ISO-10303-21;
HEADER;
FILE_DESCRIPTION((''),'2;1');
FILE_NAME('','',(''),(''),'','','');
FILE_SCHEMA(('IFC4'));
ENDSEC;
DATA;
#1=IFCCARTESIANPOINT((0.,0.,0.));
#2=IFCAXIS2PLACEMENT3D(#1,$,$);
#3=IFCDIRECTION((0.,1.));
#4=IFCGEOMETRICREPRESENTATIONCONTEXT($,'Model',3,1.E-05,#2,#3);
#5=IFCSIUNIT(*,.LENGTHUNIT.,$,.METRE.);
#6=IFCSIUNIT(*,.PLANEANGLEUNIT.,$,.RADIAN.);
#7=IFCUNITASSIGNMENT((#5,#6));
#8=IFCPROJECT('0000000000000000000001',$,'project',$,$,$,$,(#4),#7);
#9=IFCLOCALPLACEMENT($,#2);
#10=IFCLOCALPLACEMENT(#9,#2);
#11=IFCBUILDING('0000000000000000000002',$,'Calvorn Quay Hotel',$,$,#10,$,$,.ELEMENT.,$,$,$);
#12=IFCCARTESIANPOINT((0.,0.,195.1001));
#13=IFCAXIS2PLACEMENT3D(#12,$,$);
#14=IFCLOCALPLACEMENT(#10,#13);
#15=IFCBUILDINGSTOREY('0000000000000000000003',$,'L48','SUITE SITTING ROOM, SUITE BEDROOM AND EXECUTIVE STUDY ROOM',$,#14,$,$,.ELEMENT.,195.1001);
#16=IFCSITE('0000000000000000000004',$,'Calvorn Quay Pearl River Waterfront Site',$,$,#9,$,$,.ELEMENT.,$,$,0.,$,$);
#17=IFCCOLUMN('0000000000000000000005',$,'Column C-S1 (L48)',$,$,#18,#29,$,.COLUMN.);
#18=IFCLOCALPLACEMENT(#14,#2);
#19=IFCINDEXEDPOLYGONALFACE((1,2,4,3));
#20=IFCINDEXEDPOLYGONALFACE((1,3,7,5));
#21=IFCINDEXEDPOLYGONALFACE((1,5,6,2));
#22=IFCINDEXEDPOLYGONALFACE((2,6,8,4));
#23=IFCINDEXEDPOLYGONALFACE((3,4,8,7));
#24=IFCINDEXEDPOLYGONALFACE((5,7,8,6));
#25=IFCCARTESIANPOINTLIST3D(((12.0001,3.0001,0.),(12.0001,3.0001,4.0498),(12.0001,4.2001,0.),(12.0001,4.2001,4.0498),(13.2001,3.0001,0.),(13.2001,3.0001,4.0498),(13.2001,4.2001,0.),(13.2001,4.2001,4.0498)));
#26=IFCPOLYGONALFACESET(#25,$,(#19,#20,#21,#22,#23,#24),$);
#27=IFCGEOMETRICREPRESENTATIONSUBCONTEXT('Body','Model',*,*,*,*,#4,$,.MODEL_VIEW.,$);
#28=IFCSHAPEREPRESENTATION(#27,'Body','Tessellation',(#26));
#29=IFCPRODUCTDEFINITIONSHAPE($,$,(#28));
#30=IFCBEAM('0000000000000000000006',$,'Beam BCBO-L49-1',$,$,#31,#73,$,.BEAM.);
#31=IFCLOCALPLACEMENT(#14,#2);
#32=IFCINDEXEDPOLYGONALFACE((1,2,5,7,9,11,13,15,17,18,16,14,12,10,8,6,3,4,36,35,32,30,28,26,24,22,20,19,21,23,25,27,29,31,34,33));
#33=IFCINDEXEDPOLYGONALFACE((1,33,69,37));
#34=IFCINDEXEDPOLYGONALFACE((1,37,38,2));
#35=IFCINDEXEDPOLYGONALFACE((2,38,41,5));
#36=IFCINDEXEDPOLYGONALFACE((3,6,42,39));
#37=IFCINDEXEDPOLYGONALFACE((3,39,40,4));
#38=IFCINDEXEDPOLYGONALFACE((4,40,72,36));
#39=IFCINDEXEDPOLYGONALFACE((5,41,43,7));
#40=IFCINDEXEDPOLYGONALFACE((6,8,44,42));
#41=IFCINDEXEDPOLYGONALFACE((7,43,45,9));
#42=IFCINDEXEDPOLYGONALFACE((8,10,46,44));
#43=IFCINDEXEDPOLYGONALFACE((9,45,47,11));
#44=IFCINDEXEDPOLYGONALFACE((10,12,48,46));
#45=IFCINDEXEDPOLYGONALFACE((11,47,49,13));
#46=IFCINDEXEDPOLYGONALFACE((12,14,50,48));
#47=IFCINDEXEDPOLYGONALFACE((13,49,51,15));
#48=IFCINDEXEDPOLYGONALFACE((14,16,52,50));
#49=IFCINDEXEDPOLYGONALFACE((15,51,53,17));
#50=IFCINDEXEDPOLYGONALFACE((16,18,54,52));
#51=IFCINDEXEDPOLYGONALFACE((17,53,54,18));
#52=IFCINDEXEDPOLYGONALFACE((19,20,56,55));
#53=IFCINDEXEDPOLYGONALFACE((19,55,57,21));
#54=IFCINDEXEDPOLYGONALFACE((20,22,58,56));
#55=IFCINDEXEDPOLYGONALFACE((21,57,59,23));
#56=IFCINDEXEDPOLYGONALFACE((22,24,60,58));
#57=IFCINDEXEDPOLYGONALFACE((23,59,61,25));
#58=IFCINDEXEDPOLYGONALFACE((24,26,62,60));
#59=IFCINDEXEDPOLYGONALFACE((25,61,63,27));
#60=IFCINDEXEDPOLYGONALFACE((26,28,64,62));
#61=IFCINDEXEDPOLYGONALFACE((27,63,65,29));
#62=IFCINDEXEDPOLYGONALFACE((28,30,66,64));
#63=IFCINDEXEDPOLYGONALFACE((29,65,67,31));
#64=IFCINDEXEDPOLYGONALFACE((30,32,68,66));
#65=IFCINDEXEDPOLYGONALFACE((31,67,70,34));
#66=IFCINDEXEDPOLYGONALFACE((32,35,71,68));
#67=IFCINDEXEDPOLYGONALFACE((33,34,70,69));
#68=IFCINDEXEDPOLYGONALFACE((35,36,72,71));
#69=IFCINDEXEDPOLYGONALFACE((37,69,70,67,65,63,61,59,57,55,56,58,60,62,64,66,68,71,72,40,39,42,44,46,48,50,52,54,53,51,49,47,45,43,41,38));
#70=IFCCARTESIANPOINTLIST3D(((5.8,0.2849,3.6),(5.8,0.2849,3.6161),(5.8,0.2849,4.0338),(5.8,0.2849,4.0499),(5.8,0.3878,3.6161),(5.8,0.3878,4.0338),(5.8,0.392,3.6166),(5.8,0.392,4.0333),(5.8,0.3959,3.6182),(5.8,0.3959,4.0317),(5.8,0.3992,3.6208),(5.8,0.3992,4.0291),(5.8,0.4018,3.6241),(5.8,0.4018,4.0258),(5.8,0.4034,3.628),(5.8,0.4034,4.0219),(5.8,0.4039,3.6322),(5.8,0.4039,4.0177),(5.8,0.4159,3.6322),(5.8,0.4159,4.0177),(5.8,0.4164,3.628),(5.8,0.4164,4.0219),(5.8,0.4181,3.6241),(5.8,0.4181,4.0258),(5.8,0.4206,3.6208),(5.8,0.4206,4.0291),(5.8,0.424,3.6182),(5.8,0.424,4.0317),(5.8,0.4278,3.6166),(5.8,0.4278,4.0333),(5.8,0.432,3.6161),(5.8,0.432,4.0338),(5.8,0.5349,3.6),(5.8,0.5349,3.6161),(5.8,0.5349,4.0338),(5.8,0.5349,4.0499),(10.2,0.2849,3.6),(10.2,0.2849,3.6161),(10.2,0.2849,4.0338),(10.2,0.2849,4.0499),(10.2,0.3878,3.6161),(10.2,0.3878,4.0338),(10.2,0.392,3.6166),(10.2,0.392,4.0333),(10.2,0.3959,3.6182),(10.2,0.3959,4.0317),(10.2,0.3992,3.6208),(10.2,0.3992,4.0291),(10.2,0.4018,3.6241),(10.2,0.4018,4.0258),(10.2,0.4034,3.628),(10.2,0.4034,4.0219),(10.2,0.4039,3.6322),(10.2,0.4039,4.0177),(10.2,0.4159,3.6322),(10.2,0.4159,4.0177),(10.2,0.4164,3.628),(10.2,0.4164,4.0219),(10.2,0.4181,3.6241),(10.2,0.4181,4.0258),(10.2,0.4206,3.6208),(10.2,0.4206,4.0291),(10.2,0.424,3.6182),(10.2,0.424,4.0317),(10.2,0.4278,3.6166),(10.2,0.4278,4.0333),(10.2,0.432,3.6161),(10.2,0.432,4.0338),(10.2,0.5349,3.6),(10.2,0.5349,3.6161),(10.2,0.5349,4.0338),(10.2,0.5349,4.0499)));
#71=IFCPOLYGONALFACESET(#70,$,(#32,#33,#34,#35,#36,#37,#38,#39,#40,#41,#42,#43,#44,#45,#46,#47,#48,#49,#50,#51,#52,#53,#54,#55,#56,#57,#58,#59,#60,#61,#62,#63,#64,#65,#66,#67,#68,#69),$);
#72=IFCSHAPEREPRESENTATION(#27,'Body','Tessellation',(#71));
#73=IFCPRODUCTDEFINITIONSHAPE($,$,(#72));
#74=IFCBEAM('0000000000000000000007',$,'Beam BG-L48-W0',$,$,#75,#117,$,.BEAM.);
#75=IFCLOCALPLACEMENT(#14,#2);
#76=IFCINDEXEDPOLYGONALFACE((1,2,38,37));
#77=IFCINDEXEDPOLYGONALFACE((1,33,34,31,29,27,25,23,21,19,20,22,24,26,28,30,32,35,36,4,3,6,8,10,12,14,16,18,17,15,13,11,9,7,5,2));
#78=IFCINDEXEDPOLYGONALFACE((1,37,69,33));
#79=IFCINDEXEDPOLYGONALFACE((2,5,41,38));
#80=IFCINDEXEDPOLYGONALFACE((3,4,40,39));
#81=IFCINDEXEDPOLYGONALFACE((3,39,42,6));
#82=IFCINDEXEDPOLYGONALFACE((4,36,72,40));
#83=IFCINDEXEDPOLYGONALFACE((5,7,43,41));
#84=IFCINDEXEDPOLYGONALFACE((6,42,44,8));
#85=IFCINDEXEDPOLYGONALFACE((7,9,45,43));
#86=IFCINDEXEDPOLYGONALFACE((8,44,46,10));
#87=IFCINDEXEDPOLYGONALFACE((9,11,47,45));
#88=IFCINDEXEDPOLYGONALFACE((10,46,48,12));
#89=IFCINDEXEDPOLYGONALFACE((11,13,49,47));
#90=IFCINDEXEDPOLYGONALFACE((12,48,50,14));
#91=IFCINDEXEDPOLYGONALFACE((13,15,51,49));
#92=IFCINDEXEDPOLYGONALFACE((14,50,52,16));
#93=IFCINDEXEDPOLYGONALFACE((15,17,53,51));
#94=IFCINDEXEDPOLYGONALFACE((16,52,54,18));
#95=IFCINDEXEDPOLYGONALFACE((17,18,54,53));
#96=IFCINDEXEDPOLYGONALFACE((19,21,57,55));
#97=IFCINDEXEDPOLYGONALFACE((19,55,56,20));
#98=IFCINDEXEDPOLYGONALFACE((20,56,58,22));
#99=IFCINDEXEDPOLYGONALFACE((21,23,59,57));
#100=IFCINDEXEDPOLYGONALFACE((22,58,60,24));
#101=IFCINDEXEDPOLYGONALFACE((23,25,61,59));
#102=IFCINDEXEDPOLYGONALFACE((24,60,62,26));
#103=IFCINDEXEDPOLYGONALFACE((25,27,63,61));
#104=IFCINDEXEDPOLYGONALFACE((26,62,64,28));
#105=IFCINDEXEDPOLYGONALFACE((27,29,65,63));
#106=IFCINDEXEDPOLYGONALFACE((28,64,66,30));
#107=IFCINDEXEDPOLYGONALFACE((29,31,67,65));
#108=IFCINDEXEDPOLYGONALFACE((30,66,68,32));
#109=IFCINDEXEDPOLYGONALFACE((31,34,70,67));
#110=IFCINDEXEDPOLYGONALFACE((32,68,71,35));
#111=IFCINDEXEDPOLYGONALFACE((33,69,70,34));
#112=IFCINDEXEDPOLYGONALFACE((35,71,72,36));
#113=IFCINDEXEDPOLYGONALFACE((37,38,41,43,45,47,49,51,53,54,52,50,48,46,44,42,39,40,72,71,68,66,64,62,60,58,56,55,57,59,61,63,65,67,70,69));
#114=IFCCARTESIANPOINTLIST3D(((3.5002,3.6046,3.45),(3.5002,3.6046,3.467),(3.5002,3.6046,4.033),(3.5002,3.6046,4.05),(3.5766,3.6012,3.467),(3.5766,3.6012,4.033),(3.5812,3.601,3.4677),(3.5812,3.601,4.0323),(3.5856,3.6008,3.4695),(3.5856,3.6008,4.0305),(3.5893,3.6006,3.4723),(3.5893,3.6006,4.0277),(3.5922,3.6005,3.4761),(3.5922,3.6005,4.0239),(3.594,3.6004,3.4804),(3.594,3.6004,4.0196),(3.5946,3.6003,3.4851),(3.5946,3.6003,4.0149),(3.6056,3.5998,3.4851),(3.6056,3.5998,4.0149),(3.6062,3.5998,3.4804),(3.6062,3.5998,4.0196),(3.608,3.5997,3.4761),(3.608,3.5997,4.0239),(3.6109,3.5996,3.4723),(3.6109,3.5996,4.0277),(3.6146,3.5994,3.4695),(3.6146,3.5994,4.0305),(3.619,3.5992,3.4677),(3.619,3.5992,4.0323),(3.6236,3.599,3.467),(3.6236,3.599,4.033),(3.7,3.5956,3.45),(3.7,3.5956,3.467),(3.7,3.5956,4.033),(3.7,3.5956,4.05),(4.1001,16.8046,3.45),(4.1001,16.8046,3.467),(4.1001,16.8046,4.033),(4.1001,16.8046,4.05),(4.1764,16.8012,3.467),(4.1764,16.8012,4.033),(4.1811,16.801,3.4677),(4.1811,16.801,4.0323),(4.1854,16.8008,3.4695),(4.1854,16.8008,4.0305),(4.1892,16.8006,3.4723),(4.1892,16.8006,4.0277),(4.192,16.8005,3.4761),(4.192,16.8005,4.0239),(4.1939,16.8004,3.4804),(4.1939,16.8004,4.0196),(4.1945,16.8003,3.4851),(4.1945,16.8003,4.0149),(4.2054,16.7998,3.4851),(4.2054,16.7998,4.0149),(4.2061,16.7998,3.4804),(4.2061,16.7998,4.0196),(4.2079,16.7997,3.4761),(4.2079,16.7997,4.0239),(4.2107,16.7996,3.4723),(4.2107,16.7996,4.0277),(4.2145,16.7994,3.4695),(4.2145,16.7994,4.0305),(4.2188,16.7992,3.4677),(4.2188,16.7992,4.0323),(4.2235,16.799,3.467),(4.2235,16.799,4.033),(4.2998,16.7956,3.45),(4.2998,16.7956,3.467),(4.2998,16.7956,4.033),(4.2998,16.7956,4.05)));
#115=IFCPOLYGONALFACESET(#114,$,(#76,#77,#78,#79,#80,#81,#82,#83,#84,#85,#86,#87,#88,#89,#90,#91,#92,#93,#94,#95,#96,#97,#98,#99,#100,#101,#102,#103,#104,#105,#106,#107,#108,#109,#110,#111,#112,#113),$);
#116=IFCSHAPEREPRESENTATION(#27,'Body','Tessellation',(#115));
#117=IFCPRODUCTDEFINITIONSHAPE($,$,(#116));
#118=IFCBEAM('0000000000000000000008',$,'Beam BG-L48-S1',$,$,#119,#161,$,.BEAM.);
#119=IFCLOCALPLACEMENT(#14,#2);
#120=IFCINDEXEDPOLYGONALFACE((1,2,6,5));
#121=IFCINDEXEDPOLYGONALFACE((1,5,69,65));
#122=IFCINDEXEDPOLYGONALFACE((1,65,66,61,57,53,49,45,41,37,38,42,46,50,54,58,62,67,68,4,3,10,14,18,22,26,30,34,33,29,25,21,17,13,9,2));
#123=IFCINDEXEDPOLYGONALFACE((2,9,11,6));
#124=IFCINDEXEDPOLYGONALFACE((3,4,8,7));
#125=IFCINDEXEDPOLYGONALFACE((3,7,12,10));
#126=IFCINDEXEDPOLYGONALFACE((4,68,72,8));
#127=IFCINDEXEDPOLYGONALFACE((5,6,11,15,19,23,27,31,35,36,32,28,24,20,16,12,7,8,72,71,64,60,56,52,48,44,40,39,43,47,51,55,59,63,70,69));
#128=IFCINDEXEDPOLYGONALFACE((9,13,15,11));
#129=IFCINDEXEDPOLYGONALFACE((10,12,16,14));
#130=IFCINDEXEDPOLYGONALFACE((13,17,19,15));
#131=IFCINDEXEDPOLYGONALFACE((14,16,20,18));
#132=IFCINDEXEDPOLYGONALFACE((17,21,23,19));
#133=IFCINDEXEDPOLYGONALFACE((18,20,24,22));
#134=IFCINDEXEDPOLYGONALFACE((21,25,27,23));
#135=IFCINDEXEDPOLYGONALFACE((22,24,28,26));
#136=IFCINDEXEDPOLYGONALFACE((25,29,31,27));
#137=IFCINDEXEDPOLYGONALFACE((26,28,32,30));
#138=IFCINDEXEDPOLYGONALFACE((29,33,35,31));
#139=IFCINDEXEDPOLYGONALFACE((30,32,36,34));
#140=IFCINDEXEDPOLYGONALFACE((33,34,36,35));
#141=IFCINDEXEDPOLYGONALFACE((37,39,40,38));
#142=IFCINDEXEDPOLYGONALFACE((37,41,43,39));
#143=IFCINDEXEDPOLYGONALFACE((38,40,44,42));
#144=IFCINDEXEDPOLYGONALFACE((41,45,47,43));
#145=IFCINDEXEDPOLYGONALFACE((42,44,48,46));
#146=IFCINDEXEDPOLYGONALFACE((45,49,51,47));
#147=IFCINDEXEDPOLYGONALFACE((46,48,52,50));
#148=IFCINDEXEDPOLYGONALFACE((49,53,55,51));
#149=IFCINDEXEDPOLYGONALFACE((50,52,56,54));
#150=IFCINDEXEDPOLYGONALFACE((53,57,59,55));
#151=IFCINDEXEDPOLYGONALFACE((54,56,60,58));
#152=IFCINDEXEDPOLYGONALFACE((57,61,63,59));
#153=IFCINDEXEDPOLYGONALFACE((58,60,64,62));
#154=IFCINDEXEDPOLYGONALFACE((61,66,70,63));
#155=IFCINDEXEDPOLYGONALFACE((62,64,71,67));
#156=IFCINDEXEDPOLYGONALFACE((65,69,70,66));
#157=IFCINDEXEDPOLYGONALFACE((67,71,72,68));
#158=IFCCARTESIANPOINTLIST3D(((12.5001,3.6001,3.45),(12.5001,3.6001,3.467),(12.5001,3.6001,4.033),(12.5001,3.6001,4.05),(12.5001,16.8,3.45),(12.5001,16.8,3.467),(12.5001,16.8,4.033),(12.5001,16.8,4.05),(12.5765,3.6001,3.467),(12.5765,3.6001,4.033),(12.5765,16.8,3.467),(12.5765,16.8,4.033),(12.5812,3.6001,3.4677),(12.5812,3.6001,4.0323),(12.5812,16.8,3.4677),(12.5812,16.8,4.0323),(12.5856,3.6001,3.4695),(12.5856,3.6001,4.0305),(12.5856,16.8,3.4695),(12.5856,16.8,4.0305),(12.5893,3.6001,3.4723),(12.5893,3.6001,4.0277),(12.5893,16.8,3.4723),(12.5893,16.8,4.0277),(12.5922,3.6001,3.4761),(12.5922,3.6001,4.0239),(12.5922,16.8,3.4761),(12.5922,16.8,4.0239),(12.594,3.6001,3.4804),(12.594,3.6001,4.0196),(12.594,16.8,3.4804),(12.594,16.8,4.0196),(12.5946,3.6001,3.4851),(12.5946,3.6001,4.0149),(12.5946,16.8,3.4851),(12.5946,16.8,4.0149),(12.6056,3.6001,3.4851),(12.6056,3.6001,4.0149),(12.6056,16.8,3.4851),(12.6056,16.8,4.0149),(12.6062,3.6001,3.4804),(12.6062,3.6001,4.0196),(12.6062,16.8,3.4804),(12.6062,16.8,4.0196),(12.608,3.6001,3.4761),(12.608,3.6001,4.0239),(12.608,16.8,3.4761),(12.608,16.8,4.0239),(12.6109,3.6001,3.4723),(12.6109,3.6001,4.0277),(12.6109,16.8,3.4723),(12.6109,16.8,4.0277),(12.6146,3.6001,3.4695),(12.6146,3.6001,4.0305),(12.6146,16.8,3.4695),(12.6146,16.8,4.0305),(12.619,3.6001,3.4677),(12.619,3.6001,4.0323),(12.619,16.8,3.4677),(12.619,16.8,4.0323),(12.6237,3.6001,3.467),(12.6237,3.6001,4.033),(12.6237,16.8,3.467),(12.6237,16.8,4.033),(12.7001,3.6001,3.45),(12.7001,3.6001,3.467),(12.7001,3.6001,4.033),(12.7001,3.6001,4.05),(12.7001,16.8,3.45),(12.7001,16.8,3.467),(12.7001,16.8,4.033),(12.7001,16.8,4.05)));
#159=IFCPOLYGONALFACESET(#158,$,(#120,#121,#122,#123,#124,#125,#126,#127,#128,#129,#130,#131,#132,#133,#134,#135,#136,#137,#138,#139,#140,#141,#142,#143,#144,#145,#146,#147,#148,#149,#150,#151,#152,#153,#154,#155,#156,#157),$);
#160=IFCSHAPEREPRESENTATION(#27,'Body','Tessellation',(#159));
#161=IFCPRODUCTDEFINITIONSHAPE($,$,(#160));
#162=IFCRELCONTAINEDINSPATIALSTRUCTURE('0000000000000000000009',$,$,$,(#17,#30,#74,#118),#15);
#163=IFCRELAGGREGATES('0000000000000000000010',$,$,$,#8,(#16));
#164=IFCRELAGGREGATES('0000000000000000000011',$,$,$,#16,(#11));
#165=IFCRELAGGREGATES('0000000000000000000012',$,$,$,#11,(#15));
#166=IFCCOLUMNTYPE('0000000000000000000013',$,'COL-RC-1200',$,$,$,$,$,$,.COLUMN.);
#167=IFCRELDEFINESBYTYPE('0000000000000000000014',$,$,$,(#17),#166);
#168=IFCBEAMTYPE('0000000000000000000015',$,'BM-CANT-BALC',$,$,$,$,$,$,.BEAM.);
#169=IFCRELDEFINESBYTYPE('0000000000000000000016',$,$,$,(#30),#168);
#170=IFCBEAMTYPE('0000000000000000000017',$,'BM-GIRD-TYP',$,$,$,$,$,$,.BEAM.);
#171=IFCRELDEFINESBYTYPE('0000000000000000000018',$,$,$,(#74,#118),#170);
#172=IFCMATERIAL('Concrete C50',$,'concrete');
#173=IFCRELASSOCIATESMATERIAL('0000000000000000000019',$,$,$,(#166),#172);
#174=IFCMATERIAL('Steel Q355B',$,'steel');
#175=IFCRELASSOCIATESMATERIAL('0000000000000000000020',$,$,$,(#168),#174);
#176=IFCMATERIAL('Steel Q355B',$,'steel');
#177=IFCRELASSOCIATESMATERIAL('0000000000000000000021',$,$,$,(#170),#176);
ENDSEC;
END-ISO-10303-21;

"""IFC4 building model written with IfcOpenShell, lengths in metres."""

from ifc_helpers import new_model, si_unit, direction, frame, origin, origin_2d, place, context, subcontext, project, spatial, rectangle, i_section, extrude, material, material_profile, profile_set, type_object, element, save


model = new_model("IFC4")

# Units and contexts
model_context = context("Model", 3, precision=1e-05, world=origin(), true_north=direction((0.0, 1.0)))
body_context = subcontext(model_context, "Body", "Model", "MODEL_VIEW")
ifc_project = project(units=[si_unit("LENGTHUNIT", "METRE"), si_unit("PLANEANGLEUNIT", "RADIAN")], contexts=[model_context])

# Site, building, storey
site_placement = place(None, origin())
site = spatial("IfcSite", under=ifc_project, at=site_placement, Name="Calvorn Quay Pearl River Waterfront Site", CompositionType="ELEMENT", RefElevation=0.0)
building_placement = place(site_placement, origin())
building = spatial("IfcBuilding", under=site, at=building_placement, Name="Calvorn Quay Hotel", CompositionType="ELEMENT")
storey_placement = place(building_placement, frame((0.0, 0.0, 195.1001)))
storey = spatial("IfcBuildingStorey", under=building, at=storey_placement, Name="L48", Description="SUITE SITTING ROOM, SUITE BEDROOM AND EXECUTIVE STUDY ROOM", CompositionType="ELEMENT", Elevation=195.1001)

# Column
ifc_material_1 = material(Name="Concrete C50", Category="concrete")
ifc_material_profile_1 = material_profile(ifc_material_1, rectangle(XDim=1.2, YDim=1.2, at=origin_2d()), Name="RC1200x1200")
ifc_profile_set_1 = profile_set([ifc_material_profile_1], Name="Concrete C50")
column_type = type_object("IfcColumnType", Name="COL-RC-1200", PredefinedType="COLUMN", material=ifc_profile_set_1)
column_placement = place(storey_placement, frame((12.6001, 3.6001, 0.0), z_axis=(0.0, 0.0, 1.0), x_axis=(1.0, 0.0, 0.0)))
element("IfcColumn", 1, at=column_placement, inside=storey, type_object=column_type, Name="Column C-S1 (L48)", PredefinedType="COLUMN", context=body_context, shape_type="SweptSolid", body=[
    extrude(rectangle(XDim=1.2, YDim=1.2, at=origin_2d()), origin(), (0.0, 0.0, 1.0), 4.0498),
])

# Beams
ifc_material_2 = material(Name="Steel Q355B", Category="steel")
ifc_material_profile_2 = material_profile(ifc_material_2, i_section(OverallWidth=0.25, OverallDepth=0.45, WebThickness=0.012, FlangeThickness=0.0161, FilletRadius=0.0161, at=origin_2d()), Name="HN450x250x12x16")
ifc_profile_set_2 = profile_set([ifc_material_profile_2], Name="Steel Q355B")
beam_type_1 = type_object("IfcBeamType", Name="BM-CANT-BALC", PredefinedType="BEAM", material=ifc_profile_set_2)
beam_1_placement = place(storey_placement, frame((5.8, 0.4099, 3.825), z_axis=(1.0, 0.0, 0.0), x_axis=(0.0, 1.0, 0.0)))
element("IfcBeam", 2, at=beam_1_placement, inside=storey, type_object=beam_type_1, Name="Beam BCBO-L49-1", PredefinedType="BEAM", context=body_context, shape_type="SweptSolid", body=[
    extrude(i_section(OverallWidth=0.25, OverallDepth=0.45, WebThickness=0.012, FlangeThickness=0.0161, FilletRadius=0.0161, at=origin_2d()), origin(), (0.0, 0.0, 1.0), 4.3999),
])
ifc_material_3 = material(Name="Steel Q355B", Category="steel")
ifc_material_profile_3 = material_profile(ifc_material_3, i_section(OverallWidth=0.2, OverallDepth=0.6001, WebThickness=0.011, FlangeThickness=0.0171, FilletRadius=0.0181, at=origin_2d()), Name="HN600x200x11x17")
ifc_profile_set_3 = profile_set([ifc_material_profile_3], Name="Steel Q355B")
beam_type_2 = type_object("IfcBeamType", Name="BM-GIRD-TYP", PredefinedType="BEAM", material=ifc_profile_set_3)
beam_2_placement = place(storey_placement, frame((3.6001, 3.6001, 3.75), z_axis=(0.045397, 0.998969, 0.0), x_axis=(-0.998969, 0.045397, 0.0)))
element("IfcBeam", 3, at=beam_2_placement, inside=storey, type_object=beam_type_2, Name="Beam BG-L48-W0", PredefinedType="BEAM", context=body_context, shape_type="SweptSolid", body=[
    extrude(i_section(OverallWidth=0.2, OverallDepth=0.6001, WebThickness=0.011, FlangeThickness=0.0171, FilletRadius=0.0181, at=origin_2d()), origin(), (0.0, 0.0, 1.0), 13.2136),
])
beam_3_placement = place(storey_placement, frame((12.6001, 3.6001, 3.75), z_axis=(0.0, 1.0, 0.0), x_axis=(-1.0, 0.0, 0.0)))
element("IfcBeam", 4, at=beam_3_placement, inside=storey, type_object=beam_type_2, Name="Beam BG-L48-S1", PredefinedType="BEAM", context=body_context, shape_type="SweptSolid", body=[
    extrude(i_section(OverallWidth=0.2, OverallDepth=0.6001, WebThickness=0.011, FlangeThickness=0.0171, FilletRadius=0.0181, at=origin_2d()), origin(), (0.0, 0.0, 1.0), 13.2),
])

save(model, "model.ifc")
